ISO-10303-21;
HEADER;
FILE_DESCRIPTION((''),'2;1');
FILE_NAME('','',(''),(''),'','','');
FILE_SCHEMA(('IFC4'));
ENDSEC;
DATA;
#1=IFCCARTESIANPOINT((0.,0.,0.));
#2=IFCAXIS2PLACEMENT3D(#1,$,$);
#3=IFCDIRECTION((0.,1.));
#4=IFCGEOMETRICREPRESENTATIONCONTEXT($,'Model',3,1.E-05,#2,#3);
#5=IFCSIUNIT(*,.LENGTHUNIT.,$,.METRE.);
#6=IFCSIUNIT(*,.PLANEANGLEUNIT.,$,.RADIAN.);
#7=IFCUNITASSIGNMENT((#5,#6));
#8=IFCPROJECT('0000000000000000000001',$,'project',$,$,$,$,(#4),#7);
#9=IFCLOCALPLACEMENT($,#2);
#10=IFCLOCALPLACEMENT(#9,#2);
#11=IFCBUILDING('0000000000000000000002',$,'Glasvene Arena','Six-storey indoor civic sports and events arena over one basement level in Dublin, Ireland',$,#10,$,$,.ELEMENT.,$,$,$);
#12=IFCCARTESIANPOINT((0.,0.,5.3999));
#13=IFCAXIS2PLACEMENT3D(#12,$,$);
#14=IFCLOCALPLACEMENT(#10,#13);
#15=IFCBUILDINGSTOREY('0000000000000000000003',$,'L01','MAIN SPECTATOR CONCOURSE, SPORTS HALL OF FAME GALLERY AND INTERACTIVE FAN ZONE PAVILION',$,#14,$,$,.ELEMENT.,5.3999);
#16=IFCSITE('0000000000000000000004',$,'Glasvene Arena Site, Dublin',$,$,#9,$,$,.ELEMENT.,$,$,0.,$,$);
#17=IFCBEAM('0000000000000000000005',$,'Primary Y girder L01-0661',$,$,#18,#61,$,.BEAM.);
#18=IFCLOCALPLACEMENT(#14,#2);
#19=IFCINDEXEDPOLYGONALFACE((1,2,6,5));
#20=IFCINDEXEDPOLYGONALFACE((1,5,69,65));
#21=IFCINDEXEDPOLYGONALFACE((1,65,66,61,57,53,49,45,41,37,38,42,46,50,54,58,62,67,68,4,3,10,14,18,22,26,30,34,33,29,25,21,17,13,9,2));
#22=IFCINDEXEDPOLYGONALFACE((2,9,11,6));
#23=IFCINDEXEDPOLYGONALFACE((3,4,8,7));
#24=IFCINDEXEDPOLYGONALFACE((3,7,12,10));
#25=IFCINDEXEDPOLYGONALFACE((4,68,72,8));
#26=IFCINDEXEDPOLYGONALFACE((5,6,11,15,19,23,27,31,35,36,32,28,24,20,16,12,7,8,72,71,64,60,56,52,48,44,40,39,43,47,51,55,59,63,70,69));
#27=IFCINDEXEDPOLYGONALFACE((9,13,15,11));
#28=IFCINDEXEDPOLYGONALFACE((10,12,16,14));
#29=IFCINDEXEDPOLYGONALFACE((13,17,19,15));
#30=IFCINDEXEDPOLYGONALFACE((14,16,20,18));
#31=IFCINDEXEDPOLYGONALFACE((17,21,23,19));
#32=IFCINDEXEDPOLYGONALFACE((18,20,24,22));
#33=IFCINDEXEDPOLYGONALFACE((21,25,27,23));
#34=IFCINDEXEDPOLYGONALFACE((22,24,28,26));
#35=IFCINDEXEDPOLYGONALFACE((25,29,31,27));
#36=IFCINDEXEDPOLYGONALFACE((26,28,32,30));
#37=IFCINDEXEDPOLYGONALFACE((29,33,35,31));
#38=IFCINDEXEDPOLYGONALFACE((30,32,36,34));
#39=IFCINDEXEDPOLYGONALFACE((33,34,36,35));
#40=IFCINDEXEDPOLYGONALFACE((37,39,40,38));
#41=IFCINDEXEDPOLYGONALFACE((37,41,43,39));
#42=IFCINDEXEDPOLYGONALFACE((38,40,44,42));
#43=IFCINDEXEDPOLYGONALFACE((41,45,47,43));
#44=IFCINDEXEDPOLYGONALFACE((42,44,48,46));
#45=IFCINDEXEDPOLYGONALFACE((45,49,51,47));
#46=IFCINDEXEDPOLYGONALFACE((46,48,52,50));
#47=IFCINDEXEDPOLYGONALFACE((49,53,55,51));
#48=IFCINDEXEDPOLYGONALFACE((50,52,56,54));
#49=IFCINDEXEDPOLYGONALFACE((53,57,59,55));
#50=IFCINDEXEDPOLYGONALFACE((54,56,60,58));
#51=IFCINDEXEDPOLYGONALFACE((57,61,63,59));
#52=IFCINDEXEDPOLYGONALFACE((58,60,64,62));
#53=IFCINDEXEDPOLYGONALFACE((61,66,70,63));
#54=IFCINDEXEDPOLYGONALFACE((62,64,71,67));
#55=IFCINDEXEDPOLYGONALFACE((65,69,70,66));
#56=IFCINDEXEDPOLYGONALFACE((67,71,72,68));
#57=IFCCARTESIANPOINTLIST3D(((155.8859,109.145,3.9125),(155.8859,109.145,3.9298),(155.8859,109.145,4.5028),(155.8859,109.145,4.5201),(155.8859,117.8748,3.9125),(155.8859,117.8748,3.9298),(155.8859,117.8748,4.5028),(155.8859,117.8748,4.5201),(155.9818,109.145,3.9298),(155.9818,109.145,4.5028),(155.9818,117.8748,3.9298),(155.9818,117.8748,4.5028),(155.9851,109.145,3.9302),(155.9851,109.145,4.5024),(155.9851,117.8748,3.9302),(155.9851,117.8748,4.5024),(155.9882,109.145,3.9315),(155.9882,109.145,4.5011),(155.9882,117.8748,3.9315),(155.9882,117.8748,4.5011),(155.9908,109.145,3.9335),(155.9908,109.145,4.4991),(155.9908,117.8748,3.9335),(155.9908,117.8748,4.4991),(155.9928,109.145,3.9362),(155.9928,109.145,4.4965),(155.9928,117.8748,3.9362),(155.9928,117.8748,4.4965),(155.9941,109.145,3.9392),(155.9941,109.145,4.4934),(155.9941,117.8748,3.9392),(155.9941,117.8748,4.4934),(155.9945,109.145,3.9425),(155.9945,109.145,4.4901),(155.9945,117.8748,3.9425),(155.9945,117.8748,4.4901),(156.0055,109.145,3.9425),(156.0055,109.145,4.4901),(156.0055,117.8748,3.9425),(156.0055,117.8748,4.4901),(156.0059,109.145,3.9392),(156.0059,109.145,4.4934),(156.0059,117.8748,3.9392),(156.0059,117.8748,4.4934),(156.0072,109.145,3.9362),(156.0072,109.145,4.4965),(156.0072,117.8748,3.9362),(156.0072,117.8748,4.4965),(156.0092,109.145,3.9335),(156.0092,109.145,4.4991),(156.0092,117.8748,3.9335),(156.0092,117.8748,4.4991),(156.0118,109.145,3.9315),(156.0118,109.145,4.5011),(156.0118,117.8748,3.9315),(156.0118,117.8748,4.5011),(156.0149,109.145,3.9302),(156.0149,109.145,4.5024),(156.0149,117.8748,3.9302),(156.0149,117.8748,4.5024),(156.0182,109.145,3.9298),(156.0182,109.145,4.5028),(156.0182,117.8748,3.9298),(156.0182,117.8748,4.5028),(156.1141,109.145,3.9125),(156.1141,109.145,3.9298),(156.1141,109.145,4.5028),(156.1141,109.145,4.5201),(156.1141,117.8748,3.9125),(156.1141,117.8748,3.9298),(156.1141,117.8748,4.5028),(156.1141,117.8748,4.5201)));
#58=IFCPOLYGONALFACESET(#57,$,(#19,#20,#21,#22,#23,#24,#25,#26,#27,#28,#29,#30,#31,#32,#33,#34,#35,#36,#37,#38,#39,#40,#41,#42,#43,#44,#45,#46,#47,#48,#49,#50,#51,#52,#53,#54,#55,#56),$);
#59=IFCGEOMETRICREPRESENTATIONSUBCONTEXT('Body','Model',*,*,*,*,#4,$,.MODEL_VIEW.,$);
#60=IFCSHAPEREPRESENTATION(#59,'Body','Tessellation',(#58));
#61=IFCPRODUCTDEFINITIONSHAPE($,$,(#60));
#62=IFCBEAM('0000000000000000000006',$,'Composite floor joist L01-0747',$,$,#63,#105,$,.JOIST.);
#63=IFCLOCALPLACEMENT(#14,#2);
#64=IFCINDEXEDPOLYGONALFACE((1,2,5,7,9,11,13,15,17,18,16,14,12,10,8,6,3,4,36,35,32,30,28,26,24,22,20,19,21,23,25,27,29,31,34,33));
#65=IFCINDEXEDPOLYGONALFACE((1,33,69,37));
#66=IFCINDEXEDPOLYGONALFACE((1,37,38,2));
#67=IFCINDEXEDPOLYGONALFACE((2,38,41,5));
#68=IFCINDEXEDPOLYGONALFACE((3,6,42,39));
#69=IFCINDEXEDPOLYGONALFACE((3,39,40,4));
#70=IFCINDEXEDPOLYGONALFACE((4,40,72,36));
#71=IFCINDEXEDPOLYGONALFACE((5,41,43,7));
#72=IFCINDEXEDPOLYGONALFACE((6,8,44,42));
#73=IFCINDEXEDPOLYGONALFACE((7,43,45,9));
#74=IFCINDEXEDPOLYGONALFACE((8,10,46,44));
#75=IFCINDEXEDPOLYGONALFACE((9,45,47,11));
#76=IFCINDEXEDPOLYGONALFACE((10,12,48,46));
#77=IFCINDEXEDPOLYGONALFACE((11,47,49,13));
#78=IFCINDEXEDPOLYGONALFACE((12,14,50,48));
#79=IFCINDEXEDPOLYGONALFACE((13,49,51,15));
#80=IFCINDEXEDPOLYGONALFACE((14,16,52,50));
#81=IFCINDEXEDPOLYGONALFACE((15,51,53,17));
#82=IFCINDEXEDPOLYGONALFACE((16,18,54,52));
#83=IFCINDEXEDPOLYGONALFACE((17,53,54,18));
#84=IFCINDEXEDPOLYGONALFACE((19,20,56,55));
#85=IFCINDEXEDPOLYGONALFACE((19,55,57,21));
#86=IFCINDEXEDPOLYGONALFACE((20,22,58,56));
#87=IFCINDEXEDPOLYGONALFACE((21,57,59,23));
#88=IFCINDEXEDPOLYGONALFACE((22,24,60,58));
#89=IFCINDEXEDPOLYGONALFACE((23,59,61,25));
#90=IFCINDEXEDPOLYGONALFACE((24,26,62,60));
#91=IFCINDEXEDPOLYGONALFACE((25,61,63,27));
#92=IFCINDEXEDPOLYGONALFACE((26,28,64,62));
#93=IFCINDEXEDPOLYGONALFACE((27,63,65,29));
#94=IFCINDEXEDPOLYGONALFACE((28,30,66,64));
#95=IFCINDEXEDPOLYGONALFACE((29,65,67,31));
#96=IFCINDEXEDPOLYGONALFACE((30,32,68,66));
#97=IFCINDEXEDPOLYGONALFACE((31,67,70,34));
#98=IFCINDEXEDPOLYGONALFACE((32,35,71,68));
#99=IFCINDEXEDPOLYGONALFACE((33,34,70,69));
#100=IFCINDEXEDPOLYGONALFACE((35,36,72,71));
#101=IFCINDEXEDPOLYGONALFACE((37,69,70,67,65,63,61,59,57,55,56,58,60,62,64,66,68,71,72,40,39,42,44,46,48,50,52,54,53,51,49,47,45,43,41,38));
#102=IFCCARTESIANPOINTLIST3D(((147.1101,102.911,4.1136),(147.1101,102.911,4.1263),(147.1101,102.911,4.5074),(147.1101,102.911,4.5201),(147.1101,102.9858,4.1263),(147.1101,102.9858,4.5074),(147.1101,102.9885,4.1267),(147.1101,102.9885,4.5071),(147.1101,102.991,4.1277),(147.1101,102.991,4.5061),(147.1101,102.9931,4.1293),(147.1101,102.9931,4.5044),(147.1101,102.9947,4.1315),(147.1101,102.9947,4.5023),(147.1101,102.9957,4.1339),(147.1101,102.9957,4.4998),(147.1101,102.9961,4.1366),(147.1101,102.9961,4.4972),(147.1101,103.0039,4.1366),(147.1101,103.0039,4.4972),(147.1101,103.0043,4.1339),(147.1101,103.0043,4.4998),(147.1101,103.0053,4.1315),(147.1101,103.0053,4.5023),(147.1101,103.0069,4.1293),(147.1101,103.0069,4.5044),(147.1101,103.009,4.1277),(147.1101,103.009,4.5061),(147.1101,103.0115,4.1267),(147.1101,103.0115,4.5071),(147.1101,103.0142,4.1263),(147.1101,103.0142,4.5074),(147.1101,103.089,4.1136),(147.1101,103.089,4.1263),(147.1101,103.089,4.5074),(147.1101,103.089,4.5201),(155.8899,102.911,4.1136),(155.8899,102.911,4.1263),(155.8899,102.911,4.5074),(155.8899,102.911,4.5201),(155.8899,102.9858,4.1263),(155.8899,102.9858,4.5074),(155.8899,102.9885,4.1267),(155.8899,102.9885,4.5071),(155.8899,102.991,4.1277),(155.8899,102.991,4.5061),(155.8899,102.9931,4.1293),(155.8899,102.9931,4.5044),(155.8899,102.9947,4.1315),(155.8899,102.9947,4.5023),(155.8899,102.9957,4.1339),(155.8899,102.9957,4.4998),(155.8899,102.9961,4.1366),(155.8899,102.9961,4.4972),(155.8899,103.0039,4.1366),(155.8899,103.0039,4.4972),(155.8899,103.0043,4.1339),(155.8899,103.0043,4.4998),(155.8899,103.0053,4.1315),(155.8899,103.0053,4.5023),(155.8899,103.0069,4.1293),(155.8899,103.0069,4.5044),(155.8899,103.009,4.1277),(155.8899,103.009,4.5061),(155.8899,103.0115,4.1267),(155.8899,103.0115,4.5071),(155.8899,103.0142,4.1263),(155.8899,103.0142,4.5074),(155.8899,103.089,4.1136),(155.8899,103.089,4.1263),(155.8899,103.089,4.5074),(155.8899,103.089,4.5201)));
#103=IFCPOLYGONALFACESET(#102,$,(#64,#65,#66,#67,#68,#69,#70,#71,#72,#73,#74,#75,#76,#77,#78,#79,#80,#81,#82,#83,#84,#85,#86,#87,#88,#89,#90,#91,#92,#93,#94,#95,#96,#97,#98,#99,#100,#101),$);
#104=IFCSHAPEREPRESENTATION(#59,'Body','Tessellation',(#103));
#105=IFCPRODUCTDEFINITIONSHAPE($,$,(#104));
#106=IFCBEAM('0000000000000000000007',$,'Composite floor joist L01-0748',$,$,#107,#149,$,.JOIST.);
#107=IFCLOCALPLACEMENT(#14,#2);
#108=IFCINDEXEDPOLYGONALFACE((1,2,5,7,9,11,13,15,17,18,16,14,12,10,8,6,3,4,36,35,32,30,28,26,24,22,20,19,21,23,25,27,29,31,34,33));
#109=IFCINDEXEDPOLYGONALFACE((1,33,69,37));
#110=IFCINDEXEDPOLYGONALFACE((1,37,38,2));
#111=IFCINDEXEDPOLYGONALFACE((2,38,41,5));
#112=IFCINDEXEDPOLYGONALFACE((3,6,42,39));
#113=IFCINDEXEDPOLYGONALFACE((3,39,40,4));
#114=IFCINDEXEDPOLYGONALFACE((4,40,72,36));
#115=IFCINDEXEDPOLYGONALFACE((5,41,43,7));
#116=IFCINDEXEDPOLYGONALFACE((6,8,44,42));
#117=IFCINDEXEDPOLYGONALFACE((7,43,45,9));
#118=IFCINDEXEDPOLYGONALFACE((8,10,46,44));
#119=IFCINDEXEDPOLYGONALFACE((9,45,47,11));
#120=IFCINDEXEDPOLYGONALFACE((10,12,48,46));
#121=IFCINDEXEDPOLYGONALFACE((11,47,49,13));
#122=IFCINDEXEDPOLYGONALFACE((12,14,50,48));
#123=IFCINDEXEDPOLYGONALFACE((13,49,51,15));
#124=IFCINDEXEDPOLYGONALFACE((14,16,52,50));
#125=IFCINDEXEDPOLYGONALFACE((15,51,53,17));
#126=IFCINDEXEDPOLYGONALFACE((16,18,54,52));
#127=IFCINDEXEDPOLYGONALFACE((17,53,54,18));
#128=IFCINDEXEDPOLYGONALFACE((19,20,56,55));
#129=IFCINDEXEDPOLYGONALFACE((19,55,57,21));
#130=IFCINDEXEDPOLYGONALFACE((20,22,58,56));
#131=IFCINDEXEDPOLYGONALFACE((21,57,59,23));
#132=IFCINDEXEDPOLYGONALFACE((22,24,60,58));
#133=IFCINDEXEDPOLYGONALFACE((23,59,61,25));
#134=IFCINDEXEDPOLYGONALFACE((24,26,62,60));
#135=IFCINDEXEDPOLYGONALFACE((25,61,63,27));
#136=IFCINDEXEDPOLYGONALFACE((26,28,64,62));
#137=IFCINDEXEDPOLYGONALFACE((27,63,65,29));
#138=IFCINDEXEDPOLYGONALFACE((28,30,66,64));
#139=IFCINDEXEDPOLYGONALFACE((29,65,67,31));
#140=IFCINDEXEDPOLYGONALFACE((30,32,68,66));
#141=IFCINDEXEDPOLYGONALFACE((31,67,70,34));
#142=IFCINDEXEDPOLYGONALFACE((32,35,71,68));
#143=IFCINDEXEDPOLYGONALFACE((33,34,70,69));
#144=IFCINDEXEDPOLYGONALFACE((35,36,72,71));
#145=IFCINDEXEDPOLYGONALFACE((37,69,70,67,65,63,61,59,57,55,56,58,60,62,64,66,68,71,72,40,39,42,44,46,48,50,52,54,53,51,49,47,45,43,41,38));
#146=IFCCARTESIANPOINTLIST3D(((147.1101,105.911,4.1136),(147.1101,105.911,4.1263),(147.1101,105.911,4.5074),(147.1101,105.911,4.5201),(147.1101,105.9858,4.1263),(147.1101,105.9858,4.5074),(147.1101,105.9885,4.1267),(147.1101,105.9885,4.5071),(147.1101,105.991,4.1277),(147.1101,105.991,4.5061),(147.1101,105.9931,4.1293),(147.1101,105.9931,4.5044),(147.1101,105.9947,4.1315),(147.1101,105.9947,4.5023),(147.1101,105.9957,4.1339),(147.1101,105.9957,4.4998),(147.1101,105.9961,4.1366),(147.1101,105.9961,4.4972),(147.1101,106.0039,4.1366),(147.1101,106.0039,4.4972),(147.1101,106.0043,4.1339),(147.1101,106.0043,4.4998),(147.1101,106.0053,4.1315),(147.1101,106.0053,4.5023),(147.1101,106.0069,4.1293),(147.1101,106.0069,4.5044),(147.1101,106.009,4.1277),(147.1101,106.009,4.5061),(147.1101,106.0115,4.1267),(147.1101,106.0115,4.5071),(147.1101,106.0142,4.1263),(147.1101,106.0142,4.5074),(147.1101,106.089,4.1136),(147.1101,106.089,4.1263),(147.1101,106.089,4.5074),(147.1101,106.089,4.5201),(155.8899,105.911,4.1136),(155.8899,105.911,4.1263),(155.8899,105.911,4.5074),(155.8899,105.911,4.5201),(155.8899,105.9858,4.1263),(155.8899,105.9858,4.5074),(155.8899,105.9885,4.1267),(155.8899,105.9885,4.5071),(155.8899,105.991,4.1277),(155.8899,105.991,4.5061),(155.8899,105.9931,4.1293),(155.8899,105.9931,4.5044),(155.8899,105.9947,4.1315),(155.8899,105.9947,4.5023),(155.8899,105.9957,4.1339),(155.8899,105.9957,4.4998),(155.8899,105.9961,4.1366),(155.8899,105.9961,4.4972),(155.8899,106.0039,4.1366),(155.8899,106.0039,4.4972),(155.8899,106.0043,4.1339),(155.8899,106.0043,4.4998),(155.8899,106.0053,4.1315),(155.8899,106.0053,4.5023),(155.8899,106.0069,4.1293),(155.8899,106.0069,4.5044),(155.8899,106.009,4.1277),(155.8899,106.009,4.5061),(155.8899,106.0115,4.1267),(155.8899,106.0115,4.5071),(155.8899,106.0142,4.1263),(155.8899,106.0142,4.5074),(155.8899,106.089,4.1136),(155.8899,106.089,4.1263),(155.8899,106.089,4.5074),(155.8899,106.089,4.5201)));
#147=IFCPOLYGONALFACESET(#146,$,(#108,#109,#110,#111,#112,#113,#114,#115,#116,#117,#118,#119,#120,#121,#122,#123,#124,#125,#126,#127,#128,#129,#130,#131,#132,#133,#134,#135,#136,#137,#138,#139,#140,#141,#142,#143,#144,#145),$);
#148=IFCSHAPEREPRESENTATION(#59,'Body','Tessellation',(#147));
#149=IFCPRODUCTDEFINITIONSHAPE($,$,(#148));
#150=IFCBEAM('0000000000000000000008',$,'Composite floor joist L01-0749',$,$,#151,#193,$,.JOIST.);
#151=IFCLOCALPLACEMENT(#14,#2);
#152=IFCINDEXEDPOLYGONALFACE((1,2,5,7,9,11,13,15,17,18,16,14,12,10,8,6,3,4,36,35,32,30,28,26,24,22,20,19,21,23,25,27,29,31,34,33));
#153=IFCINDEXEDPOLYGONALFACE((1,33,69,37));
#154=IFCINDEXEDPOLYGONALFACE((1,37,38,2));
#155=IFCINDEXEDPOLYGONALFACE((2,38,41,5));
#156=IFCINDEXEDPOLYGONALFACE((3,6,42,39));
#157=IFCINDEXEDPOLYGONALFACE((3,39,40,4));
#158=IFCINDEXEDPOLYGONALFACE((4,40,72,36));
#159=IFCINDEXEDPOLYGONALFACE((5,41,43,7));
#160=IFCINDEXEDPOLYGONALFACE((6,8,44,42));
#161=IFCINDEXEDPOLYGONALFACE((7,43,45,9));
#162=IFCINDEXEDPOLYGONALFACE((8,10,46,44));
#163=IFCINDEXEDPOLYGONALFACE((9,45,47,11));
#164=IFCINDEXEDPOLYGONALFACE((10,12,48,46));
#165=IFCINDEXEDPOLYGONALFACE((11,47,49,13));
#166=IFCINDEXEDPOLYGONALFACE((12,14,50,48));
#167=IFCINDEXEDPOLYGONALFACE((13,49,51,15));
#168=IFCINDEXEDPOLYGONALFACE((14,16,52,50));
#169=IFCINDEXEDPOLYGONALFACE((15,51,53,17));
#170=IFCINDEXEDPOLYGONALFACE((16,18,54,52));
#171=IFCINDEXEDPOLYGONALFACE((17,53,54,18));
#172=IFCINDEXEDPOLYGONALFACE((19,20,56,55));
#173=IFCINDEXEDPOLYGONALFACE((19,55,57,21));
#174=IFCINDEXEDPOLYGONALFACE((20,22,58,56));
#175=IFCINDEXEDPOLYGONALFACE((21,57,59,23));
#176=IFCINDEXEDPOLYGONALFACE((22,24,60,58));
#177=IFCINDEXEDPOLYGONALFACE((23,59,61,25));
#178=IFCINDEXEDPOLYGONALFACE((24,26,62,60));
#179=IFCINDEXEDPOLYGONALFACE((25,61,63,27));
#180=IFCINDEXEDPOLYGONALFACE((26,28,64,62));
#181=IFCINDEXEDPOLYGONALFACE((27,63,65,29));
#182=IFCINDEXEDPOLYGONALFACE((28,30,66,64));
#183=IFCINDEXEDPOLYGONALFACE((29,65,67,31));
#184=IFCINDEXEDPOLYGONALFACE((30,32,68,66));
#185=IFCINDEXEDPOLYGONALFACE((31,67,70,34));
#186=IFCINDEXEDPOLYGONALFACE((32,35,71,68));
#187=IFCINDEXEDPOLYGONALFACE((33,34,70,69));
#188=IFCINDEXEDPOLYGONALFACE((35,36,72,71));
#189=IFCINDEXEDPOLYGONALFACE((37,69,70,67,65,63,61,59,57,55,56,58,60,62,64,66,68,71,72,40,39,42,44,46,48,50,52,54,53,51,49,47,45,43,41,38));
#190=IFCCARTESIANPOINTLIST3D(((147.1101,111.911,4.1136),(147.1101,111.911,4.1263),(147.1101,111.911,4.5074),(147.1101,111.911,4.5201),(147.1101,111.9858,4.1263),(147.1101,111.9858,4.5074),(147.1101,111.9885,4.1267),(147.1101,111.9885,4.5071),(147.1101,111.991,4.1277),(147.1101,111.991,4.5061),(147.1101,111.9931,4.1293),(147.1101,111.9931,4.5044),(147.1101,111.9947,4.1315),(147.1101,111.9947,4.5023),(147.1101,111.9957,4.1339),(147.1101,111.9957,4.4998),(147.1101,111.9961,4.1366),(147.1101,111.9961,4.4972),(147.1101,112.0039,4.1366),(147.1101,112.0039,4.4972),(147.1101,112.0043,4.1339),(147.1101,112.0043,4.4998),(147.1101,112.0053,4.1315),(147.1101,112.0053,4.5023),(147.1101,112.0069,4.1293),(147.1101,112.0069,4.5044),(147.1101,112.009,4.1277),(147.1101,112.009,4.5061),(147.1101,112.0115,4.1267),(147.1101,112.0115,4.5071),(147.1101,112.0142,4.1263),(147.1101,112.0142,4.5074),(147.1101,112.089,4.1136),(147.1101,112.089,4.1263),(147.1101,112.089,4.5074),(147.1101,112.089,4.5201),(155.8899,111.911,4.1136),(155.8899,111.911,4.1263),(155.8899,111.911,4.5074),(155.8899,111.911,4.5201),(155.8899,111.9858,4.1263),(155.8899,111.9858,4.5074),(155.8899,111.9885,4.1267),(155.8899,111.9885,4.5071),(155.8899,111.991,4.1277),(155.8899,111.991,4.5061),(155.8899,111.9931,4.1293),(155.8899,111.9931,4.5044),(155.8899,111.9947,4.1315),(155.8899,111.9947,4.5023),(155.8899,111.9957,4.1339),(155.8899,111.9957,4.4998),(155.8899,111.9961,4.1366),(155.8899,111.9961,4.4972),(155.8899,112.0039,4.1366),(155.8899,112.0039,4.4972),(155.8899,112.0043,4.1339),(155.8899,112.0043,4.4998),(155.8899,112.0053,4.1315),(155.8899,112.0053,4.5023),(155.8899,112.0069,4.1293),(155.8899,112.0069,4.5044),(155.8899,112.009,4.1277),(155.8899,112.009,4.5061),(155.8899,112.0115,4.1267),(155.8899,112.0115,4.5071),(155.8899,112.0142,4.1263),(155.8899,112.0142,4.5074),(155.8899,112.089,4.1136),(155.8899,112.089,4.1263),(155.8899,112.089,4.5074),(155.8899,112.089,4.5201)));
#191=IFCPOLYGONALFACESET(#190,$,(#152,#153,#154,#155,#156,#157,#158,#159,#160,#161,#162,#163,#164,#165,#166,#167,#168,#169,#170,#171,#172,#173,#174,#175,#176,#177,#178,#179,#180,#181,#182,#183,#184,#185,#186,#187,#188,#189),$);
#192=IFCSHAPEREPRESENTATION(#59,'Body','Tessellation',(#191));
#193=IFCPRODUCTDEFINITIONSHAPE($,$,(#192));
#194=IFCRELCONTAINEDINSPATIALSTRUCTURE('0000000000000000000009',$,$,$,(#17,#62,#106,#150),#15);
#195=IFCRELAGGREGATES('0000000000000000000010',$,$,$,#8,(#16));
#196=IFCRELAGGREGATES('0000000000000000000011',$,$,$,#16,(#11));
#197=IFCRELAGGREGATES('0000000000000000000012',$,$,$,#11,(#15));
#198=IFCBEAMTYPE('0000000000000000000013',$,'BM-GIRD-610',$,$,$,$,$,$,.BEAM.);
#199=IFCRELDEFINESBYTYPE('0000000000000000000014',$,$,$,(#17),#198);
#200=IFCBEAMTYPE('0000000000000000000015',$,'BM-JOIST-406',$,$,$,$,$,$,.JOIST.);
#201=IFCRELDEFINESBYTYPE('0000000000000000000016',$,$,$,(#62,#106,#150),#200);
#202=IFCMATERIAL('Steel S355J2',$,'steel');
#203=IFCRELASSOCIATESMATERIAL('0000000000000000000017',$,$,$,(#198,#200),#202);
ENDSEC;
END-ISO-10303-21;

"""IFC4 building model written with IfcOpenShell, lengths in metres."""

from ifc_helpers import new_model, si_unit, direction, frame, origin, origin_2d, place, context, subcontext, project, spatial, i_section, extrude, material, material_profile, profile_set, type_object, element, save


model = new_model("IFC4")

# Units and contexts
model_context = context("Model", 3, precision=1e-05, world=origin(), true_north=direction((0.0, 1.0)))
body_context = subcontext(model_context, "Body", "Model", "MODEL_VIEW")
ifc_project = project(units=[si_unit("LENGTHUNIT", "METRE"), si_unit("PLANEANGLEUNIT", "RADIAN")], contexts=[model_context])

# Site, building, storey
site_placement = place(None, origin())
site = spatial("IfcSite", under=ifc_project, at=site_placement, Name="Glasvene Arena Site, Dublin", CompositionType="ELEMENT", RefElevation=0.0)
building_placement = place(site_placement, origin())
building = spatial("IfcBuilding", under=site, at=building_placement, Name="Glasvene Arena", Description="Six-storey indoor civic sports and events arena over one basement level in Dublin, Ireland", CompositionType="ELEMENT")
storey_placement = place(building_placement, frame((0.0, 0.0, 5.3999)))
storey = spatial("IfcBuildingStorey", under=building, at=storey_placement, Name="L01", Description="MAIN SPECTATOR CONCOURSE, SPORTS HALL OF FAME GALLERY AND INTERACTIVE FAN ZONE PAVILION", CompositionType="ELEMENT", Elevation=5.3999)

# Shared definitions
ifc_material_1 = material(Name="Steel S355J2", Category="steel")

# Beams
ifc_material_profile_1 = material_profile(ifc_material_1, i_section(OverallWidth=0.2283, OverallDepth=0.6077, WebThickness=0.011, FlangeThickness=0.0173, FilletRadius=0.0127, at=origin_2d()), Name="UKB 610x229x113")
ifc_profile_set_1 = profile_set([ifc_material_profile_1], Name="Steel S355J2")
beam_type_1 = type_object("IfcBeamType", Name="BM-GIRD-610", PredefinedType="BEAM", material=ifc_profile_set_1)
for number, where, z_axis, x_axis, name in (
    (1, (156.0, 109.145, 4.2163), (0.0, 1.0, 0.0), (-1.0, 0.0, 0.0), "Primary Y girder L01-0661"),
):
    element("IfcBeam", number, at=place(storey_placement, frame(where, z_axis=z_axis, x_axis=x_axis)), inside=storey, type_object=beam_type_1, Name=name, PredefinedType="BEAM", context=body_context, shape_type="SweptSolid", body=[
        extrude(i_section(OverallWidth=0.2283, OverallDepth=0.6077, WebThickness=0.011, FlangeThickness=0.0173, FilletRadius=0.0127, at=origin_2d()), origin(), (0.0, 0.0, 1.0), 8.7297),
    ])
ifc_material_profile_2 = material_profile(ifc_material_1, i_section(OverallWidth=0.178, OverallDepth=0.4065, WebThickness=0.0078, FlangeThickness=0.0127, FilletRadius=0.0103, at=origin_2d()), Name="UKB 406x178x60")
ifc_profile_set_2 = profile_set([ifc_material_profile_2], Name="Steel S355J2")
beam_type_2 = type_object("IfcBeamType", Name="BM-JOIST-406", PredefinedType="JOIST", material=ifc_profile_set_2)
for number, where, z_axis, x_axis, name in (
    (2, (147.1101, 103.0, 4.3169), (1.0, 0.0, 0.0), (0.0, 1.0, 0.0), "Composite floor joist L01-0747"),
    (3, (147.1101, 106.0, 4.3169), (1.0, 0.0, 0.0), (0.0, 1.0, 0.0), "Composite floor joist L01-0748"),
    (4, (147.1101, 112.0, 4.3169), (1.0, 0.0, 0.0), (0.0, 1.0, 0.0), "Composite floor joist L01-0749"),
):
    element("IfcBeam", number, at=place(storey_placement, frame(where, z_axis=z_axis, x_axis=x_axis)), inside=storey, type_object=beam_type_2, Name=name, PredefinedType="JOIST", context=body_context, shape_type="SweptSolid", body=[
        extrude(i_section(OverallWidth=0.178, OverallDepth=0.4065, WebThickness=0.0078, FlangeThickness=0.0127, FilletRadius=0.0103, at=origin_2d()), origin(), (0.0, 0.0, 1.0), 8.7798),
    ])

save(model, "model.ifc")
